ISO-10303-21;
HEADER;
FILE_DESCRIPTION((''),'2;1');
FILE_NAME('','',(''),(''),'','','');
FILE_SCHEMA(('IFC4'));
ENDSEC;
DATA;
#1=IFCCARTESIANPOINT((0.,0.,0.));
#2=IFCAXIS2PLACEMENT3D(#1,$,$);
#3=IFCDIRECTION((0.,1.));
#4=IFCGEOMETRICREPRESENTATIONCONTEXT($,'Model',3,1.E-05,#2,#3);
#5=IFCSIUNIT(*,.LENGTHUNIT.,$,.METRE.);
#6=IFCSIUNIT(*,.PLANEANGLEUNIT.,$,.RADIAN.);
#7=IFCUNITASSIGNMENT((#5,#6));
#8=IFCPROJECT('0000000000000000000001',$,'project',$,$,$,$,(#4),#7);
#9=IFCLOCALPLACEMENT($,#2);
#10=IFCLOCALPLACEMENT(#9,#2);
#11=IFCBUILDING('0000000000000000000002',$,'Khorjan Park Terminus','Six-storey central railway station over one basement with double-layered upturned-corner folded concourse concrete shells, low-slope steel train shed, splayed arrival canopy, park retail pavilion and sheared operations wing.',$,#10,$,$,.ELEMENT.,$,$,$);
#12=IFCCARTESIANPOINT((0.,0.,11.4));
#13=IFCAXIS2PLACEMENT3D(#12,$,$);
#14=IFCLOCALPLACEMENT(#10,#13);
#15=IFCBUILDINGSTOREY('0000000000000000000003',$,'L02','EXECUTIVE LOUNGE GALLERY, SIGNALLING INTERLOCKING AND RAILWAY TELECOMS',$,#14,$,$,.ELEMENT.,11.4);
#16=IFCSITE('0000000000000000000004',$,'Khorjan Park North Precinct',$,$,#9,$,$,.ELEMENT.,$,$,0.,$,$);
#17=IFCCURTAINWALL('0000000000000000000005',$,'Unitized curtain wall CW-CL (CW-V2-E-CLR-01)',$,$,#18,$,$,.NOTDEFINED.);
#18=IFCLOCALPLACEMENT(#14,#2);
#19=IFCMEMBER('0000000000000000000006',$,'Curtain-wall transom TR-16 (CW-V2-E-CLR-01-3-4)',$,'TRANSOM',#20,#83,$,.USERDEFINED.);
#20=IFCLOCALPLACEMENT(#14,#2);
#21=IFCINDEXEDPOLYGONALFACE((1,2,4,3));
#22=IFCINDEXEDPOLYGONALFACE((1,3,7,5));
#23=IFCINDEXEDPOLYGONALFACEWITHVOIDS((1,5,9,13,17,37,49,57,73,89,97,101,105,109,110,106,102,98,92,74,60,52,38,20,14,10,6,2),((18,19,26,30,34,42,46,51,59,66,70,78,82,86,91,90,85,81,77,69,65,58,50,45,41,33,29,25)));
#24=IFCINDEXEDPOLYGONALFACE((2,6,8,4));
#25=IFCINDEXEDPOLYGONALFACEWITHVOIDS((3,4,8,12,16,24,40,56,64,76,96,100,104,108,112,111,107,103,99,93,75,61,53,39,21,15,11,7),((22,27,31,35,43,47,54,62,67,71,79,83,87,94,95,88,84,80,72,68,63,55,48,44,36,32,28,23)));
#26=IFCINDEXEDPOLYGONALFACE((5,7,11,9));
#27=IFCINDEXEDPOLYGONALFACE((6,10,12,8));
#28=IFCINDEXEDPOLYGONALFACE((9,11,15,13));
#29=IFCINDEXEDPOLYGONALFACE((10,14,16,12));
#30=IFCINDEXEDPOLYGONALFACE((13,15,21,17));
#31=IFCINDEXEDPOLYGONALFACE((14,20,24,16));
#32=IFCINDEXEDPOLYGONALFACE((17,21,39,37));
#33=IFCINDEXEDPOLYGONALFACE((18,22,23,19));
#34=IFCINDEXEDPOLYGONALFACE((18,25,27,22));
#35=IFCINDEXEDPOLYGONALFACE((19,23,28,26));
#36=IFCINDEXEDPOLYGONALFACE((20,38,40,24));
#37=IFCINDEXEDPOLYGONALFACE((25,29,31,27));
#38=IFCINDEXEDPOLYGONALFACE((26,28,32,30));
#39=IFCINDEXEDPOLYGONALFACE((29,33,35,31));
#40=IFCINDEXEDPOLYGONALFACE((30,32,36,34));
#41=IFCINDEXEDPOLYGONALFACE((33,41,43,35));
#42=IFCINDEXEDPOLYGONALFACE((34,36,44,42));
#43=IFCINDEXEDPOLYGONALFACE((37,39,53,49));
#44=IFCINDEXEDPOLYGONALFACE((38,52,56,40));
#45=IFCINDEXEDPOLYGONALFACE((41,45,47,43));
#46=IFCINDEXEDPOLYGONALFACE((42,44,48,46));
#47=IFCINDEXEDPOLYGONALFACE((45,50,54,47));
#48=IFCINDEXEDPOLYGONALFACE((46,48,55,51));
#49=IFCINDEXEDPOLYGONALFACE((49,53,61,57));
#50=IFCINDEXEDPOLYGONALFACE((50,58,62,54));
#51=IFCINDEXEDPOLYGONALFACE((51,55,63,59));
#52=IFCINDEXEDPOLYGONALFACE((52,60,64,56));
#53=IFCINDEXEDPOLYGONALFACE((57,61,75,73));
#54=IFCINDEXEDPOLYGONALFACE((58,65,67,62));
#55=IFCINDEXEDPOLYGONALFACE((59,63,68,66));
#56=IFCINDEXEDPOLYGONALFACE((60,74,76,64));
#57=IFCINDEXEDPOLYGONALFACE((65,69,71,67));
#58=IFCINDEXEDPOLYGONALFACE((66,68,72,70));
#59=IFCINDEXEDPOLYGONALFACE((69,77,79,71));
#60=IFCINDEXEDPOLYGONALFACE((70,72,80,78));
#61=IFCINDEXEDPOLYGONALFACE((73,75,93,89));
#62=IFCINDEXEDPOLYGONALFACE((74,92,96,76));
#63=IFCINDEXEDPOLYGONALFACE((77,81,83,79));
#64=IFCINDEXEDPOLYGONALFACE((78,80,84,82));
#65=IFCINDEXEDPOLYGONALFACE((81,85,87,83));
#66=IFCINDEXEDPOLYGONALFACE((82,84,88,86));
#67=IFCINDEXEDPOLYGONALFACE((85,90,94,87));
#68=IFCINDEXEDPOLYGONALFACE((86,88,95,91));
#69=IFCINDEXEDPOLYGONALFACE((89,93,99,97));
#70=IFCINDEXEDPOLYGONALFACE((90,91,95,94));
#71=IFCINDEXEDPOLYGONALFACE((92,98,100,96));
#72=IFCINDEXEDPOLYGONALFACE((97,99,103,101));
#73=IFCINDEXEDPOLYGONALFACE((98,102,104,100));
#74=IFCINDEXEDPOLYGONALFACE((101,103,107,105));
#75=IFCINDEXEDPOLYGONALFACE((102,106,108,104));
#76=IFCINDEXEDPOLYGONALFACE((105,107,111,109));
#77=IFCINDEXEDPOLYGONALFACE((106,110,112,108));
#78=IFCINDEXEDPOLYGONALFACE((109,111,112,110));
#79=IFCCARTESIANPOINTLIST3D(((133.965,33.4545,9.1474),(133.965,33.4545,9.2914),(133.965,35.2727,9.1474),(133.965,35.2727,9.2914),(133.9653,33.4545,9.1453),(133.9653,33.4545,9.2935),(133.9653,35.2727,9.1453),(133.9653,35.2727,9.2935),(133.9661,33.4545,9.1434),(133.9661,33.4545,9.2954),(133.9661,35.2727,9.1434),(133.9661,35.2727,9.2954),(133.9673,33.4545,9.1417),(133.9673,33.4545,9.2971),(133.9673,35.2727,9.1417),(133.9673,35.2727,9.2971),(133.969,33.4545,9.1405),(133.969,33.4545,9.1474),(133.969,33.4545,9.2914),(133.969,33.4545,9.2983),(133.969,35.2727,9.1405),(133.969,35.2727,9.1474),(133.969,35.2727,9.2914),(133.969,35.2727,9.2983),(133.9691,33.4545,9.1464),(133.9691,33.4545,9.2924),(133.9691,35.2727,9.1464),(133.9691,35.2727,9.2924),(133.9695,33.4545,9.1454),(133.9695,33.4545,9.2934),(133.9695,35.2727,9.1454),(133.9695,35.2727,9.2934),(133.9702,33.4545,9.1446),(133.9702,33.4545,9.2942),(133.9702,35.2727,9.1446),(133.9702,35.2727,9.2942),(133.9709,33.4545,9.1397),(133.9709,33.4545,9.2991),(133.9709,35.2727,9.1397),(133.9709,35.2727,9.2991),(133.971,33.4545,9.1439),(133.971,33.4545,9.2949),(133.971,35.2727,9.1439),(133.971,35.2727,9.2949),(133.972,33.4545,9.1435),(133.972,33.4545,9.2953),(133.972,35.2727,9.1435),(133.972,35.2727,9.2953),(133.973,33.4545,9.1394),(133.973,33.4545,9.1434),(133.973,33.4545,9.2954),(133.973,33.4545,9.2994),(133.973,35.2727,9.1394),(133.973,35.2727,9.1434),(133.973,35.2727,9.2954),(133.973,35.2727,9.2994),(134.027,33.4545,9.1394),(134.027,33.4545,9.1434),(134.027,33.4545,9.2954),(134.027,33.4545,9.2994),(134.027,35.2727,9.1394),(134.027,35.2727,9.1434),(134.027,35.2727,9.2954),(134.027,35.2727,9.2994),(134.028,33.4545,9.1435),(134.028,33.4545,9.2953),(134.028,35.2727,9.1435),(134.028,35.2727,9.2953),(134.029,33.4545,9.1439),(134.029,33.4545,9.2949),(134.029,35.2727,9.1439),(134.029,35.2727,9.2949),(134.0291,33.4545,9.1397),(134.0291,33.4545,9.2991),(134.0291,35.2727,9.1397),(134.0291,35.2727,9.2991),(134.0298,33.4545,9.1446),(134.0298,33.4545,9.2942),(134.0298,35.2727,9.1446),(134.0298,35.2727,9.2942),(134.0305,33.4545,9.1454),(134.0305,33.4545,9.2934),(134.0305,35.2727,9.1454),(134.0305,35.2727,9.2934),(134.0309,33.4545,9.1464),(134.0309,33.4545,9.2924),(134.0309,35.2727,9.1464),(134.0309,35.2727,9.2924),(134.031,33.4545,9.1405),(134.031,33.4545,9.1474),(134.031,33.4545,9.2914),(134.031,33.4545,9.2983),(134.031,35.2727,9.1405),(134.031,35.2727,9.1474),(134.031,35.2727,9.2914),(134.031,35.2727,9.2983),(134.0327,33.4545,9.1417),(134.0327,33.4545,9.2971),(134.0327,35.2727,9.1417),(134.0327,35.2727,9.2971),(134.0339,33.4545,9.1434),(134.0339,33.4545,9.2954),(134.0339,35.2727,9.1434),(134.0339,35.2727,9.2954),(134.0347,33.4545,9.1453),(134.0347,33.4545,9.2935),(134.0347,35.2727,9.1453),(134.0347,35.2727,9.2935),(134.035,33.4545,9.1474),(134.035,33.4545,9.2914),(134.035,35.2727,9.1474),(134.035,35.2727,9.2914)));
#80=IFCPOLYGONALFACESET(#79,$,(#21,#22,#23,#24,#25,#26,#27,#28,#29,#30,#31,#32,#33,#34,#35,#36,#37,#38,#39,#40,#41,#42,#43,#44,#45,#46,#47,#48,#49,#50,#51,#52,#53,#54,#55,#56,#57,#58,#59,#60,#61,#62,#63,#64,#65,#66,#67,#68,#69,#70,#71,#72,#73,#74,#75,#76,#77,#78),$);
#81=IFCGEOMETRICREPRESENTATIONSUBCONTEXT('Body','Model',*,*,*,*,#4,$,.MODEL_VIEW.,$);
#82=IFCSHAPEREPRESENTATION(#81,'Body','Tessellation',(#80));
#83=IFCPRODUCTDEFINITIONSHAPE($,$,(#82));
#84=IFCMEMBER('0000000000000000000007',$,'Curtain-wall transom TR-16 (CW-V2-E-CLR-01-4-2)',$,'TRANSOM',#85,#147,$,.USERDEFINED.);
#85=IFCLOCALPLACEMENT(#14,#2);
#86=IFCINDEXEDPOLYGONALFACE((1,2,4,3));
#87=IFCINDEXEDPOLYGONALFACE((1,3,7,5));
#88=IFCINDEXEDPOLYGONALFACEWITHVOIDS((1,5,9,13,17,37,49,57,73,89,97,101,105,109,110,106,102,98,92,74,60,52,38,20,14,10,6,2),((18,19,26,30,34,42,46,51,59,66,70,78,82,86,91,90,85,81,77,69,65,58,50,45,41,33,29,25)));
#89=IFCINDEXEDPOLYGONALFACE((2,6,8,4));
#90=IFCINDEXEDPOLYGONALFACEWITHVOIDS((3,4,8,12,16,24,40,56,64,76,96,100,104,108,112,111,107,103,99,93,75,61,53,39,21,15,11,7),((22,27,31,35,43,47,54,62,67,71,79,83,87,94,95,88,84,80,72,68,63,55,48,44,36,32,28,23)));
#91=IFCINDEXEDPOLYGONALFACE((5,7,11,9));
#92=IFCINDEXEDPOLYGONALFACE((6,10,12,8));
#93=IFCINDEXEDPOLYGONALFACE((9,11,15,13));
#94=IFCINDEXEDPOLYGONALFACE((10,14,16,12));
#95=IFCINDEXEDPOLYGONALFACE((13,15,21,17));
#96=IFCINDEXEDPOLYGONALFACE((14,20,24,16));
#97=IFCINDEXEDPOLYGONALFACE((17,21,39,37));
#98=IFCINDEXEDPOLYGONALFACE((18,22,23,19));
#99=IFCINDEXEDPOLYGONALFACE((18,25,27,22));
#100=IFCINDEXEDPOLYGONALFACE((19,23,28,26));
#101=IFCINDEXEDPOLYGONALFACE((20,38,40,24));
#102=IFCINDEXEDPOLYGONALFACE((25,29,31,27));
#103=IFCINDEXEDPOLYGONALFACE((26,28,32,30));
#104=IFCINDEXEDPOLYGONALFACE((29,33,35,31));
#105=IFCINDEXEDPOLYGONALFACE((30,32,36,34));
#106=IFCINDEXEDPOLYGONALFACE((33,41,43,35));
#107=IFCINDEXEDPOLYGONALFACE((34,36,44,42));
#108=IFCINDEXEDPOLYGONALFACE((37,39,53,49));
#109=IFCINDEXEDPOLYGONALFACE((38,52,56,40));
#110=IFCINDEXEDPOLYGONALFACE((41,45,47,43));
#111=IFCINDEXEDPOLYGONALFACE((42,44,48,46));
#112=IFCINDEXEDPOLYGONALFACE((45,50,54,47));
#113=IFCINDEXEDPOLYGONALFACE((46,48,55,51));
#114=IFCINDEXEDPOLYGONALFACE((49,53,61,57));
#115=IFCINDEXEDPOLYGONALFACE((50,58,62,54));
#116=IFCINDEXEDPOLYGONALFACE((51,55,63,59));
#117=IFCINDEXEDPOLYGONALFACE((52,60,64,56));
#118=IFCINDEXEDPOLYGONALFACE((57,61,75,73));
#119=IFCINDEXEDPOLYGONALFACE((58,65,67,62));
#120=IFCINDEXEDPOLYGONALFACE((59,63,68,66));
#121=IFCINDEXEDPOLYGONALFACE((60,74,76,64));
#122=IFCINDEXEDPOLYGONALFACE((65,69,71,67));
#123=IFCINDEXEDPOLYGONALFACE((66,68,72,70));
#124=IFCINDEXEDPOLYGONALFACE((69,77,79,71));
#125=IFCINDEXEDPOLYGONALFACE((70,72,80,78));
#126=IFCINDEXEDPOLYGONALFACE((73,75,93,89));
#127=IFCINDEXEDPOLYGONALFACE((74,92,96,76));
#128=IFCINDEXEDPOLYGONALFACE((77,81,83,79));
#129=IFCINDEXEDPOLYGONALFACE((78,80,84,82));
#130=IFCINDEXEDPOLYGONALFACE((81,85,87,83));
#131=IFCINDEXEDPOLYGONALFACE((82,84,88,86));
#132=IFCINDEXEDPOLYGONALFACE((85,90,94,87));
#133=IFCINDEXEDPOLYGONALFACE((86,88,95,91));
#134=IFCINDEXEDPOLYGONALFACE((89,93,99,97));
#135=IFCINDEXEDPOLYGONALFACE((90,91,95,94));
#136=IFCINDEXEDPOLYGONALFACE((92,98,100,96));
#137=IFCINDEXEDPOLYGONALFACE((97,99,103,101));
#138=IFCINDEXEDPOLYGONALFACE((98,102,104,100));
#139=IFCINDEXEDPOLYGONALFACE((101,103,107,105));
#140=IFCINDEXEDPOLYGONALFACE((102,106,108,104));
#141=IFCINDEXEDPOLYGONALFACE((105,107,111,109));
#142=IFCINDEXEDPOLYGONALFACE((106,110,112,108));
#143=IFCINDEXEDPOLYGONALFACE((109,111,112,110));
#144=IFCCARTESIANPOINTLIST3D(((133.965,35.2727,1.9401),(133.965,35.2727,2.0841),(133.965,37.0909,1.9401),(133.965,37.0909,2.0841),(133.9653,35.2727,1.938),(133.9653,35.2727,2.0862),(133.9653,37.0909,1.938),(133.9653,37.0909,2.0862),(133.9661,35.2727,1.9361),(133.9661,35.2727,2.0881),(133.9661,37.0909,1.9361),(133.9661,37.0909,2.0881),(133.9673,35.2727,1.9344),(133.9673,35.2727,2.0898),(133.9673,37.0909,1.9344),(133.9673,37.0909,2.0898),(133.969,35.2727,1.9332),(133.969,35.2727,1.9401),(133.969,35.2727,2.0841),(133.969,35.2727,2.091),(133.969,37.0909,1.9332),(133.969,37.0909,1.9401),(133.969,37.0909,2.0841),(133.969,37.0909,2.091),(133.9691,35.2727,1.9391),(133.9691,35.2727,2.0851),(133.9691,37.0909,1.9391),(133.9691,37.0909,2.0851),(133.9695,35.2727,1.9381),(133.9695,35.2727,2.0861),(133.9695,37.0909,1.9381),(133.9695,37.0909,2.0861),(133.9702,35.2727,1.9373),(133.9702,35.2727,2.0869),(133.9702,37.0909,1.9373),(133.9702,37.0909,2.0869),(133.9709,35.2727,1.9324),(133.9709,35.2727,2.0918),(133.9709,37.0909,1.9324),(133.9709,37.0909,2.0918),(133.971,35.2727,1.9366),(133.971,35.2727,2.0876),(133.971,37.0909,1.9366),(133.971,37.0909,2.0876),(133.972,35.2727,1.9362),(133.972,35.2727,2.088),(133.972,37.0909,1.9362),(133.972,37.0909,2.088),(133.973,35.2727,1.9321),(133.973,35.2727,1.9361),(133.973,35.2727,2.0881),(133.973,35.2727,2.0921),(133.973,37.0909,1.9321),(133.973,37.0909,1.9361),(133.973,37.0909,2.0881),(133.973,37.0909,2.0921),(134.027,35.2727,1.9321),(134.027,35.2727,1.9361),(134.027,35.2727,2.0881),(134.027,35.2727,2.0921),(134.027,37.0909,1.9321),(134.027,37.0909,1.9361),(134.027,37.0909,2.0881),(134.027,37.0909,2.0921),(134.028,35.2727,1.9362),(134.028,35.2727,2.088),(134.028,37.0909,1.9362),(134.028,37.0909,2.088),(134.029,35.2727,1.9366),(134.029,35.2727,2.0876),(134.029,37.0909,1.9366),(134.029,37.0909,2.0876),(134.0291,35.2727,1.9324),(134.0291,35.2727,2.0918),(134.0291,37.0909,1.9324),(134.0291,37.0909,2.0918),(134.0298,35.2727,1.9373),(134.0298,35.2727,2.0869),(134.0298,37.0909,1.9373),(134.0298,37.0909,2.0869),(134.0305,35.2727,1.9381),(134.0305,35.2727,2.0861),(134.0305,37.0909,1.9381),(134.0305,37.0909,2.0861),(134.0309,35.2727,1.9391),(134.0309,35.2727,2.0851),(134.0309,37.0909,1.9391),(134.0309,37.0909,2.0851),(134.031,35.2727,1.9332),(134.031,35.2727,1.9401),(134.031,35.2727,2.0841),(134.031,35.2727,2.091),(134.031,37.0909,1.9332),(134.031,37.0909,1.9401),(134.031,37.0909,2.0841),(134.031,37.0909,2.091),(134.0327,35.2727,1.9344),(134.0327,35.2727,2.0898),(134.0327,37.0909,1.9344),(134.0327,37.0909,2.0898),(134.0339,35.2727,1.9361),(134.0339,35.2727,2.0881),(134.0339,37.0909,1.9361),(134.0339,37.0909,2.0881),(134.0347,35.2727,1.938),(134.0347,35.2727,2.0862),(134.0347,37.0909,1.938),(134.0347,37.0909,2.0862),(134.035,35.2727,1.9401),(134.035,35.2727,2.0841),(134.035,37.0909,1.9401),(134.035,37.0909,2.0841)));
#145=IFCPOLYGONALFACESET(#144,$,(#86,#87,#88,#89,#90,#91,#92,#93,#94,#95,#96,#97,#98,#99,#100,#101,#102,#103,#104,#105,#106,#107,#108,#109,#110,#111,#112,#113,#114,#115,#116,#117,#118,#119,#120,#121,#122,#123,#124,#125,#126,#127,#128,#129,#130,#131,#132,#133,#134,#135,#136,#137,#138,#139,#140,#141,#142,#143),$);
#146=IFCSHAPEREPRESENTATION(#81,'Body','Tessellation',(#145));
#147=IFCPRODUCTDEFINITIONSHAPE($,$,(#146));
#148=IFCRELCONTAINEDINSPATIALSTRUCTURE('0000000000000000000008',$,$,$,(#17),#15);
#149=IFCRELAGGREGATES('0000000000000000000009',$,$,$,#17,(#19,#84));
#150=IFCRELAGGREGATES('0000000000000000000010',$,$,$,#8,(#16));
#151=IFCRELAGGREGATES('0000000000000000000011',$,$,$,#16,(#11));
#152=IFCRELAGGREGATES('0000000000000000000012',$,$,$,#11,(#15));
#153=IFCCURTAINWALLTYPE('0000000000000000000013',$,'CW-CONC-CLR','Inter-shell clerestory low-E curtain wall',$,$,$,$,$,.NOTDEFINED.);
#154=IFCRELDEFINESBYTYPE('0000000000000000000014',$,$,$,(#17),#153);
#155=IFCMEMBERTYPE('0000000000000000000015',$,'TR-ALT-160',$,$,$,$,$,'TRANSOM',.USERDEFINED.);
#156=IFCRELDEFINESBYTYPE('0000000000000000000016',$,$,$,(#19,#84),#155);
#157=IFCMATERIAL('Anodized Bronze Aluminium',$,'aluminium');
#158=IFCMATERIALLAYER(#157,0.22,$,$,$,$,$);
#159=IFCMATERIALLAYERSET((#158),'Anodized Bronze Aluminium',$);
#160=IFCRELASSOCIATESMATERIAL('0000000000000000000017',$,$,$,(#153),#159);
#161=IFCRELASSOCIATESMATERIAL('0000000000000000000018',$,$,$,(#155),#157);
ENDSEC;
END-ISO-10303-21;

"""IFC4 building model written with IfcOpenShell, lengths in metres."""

from ifc_helpers import new_model, si_unit, direction, frame, origin, origin_2d, place, context, subcontext, project, spatial, hollow_rectangle, extrude, material, layer, layer_set, material_profile, profile_set, type_object, element, aggregate, save


model = new_model("IFC4")

# Units and contexts
model_context = context("Model", 3, precision=1e-05, world=origin(), true_north=direction((0.0, 1.0)))
body_context = subcontext(model_context, "Body", "Model", "MODEL_VIEW")
ifc_project = project(units=[si_unit("LENGTHUNIT", "METRE"), si_unit("PLANEANGLEUNIT", "RADIAN")], contexts=[model_context])

# Site, building, storey
site_placement = place(None, origin())
site = spatial("IfcSite", under=ifc_project, at=site_placement, Name="Khorjan Park North Precinct", CompositionType="ELEMENT", RefElevation=0.0)
building_placement = place(site_placement, origin())
building = spatial("IfcBuilding", under=site, at=building_placement, Name="Khorjan Park Terminus", Description="Six-storey central railway station over one basement with double-layered upturned-corner folded concourse concrete shells, low-slope steel train shed, splayed arrival canopy, park retail pavilion and sheared operations wing.", CompositionType="ELEMENT")
storey_placement = place(building_placement, frame((0.0, 0.0, 11.4)))
storey = spatial("IfcBuildingStorey", under=building, at=storey_placement, Name="L02", Description="EXECUTIVE LOUNGE GALLERY, SIGNALLING INTERLOCKING AND RAILWAY TELECOMS", CompositionType="ELEMENT", Elevation=11.4)

# Curtain wall, members
ifc_material_1 = material(Name="Anodized Bronze Aluminium", Category="aluminium")
ifc_layer_1 = layer(ifc_material_1, 0.22)
ifc_layer_set_1 = layer_set([ifc_layer_1], Name="Anodized Bronze Aluminium")
curtain_wall_type = type_object("IfcCurtainWallType", Name="CW-CONC-CLR", Description="Inter-shell clerestory low-E curtain wall", PredefinedType="NOTDEFINED", material=ifc_layer_set_1)
curtain_wall_placement = place(storey_placement, origin())
curtain_wall = element("IfcCurtainWall", 1, at=curtain_wall_placement, inside=storey, type_object=curtain_wall_type, Name="Unitized curtain wall CW-CL (CW-V2-E-CLR-01)", PredefinedType="NOTDEFINED")
ifc_material_profile_1 = material_profile(ifc_material_1, hollow_rectangle(XDim=0.07, YDim=0.16, WallThickness=0.004, InnerFilletRadius=0.004, OuterFilletRadius=0.008, at=origin_2d()), Name="ALT 70x160x4")
ifc_profile_set_1 = profile_set([ifc_material_profile_1], Name="Anodized Bronze Aluminium")
member_type_1 = type_object("IfcMemberType", Name="TR-ALT-160", ElementType="TRANSOM", PredefinedType="USERDEFINED", material=ifc_profile_set_1)
member_1_placement = place(storey_placement, frame((134.0, 33.4545, 9.2194), z_axis=(0.0, 1.0, 0.0), x_axis=(-1.0, 0.0, 0.0)))
member_1 = element("IfcMember", 2, at=member_1_placement, type_object=member_type_1, Name="Curtain-wall transom TR-16 (CW-V2-E-CLR-01-3-4)", ObjectType="TRANSOM", PredefinedType="USERDEFINED", context=body_context, shape_type="SweptSolid", body=[
    extrude(hollow_rectangle(XDim=0.07, YDim=0.16, WallThickness=0.004, InnerFilletRadius=0.004, OuterFilletRadius=0.008, at=origin_2d()), origin(), (0.0, 0.0, 1.0), 1.8182),
])
member_2_placement = place(storey_placement, frame((134.0, 35.2727, 2.0121), z_axis=(0.0, 1.0, 0.0), x_axis=(-1.0, 0.0, 0.0)))
member_2 = element("IfcMember", 3, at=member_2_placement, type_object=member_type_1, Name="Curtain-wall transom TR-16 (CW-V2-E-CLR-01-4-2)", ObjectType="TRANSOM", PredefinedType="USERDEFINED", context=body_context, shape_type="SweptSolid", body=[
    extrude(hollow_rectangle(XDim=0.07, YDim=0.16, WallThickness=0.004, InnerFilletRadius=0.004, OuterFilletRadius=0.008, at=origin_2d()), origin(), (0.0, 0.0, 1.0), 1.8182),
])
aggregate(curtain_wall, [member_1, member_2])

save(model, "model.ifc")
